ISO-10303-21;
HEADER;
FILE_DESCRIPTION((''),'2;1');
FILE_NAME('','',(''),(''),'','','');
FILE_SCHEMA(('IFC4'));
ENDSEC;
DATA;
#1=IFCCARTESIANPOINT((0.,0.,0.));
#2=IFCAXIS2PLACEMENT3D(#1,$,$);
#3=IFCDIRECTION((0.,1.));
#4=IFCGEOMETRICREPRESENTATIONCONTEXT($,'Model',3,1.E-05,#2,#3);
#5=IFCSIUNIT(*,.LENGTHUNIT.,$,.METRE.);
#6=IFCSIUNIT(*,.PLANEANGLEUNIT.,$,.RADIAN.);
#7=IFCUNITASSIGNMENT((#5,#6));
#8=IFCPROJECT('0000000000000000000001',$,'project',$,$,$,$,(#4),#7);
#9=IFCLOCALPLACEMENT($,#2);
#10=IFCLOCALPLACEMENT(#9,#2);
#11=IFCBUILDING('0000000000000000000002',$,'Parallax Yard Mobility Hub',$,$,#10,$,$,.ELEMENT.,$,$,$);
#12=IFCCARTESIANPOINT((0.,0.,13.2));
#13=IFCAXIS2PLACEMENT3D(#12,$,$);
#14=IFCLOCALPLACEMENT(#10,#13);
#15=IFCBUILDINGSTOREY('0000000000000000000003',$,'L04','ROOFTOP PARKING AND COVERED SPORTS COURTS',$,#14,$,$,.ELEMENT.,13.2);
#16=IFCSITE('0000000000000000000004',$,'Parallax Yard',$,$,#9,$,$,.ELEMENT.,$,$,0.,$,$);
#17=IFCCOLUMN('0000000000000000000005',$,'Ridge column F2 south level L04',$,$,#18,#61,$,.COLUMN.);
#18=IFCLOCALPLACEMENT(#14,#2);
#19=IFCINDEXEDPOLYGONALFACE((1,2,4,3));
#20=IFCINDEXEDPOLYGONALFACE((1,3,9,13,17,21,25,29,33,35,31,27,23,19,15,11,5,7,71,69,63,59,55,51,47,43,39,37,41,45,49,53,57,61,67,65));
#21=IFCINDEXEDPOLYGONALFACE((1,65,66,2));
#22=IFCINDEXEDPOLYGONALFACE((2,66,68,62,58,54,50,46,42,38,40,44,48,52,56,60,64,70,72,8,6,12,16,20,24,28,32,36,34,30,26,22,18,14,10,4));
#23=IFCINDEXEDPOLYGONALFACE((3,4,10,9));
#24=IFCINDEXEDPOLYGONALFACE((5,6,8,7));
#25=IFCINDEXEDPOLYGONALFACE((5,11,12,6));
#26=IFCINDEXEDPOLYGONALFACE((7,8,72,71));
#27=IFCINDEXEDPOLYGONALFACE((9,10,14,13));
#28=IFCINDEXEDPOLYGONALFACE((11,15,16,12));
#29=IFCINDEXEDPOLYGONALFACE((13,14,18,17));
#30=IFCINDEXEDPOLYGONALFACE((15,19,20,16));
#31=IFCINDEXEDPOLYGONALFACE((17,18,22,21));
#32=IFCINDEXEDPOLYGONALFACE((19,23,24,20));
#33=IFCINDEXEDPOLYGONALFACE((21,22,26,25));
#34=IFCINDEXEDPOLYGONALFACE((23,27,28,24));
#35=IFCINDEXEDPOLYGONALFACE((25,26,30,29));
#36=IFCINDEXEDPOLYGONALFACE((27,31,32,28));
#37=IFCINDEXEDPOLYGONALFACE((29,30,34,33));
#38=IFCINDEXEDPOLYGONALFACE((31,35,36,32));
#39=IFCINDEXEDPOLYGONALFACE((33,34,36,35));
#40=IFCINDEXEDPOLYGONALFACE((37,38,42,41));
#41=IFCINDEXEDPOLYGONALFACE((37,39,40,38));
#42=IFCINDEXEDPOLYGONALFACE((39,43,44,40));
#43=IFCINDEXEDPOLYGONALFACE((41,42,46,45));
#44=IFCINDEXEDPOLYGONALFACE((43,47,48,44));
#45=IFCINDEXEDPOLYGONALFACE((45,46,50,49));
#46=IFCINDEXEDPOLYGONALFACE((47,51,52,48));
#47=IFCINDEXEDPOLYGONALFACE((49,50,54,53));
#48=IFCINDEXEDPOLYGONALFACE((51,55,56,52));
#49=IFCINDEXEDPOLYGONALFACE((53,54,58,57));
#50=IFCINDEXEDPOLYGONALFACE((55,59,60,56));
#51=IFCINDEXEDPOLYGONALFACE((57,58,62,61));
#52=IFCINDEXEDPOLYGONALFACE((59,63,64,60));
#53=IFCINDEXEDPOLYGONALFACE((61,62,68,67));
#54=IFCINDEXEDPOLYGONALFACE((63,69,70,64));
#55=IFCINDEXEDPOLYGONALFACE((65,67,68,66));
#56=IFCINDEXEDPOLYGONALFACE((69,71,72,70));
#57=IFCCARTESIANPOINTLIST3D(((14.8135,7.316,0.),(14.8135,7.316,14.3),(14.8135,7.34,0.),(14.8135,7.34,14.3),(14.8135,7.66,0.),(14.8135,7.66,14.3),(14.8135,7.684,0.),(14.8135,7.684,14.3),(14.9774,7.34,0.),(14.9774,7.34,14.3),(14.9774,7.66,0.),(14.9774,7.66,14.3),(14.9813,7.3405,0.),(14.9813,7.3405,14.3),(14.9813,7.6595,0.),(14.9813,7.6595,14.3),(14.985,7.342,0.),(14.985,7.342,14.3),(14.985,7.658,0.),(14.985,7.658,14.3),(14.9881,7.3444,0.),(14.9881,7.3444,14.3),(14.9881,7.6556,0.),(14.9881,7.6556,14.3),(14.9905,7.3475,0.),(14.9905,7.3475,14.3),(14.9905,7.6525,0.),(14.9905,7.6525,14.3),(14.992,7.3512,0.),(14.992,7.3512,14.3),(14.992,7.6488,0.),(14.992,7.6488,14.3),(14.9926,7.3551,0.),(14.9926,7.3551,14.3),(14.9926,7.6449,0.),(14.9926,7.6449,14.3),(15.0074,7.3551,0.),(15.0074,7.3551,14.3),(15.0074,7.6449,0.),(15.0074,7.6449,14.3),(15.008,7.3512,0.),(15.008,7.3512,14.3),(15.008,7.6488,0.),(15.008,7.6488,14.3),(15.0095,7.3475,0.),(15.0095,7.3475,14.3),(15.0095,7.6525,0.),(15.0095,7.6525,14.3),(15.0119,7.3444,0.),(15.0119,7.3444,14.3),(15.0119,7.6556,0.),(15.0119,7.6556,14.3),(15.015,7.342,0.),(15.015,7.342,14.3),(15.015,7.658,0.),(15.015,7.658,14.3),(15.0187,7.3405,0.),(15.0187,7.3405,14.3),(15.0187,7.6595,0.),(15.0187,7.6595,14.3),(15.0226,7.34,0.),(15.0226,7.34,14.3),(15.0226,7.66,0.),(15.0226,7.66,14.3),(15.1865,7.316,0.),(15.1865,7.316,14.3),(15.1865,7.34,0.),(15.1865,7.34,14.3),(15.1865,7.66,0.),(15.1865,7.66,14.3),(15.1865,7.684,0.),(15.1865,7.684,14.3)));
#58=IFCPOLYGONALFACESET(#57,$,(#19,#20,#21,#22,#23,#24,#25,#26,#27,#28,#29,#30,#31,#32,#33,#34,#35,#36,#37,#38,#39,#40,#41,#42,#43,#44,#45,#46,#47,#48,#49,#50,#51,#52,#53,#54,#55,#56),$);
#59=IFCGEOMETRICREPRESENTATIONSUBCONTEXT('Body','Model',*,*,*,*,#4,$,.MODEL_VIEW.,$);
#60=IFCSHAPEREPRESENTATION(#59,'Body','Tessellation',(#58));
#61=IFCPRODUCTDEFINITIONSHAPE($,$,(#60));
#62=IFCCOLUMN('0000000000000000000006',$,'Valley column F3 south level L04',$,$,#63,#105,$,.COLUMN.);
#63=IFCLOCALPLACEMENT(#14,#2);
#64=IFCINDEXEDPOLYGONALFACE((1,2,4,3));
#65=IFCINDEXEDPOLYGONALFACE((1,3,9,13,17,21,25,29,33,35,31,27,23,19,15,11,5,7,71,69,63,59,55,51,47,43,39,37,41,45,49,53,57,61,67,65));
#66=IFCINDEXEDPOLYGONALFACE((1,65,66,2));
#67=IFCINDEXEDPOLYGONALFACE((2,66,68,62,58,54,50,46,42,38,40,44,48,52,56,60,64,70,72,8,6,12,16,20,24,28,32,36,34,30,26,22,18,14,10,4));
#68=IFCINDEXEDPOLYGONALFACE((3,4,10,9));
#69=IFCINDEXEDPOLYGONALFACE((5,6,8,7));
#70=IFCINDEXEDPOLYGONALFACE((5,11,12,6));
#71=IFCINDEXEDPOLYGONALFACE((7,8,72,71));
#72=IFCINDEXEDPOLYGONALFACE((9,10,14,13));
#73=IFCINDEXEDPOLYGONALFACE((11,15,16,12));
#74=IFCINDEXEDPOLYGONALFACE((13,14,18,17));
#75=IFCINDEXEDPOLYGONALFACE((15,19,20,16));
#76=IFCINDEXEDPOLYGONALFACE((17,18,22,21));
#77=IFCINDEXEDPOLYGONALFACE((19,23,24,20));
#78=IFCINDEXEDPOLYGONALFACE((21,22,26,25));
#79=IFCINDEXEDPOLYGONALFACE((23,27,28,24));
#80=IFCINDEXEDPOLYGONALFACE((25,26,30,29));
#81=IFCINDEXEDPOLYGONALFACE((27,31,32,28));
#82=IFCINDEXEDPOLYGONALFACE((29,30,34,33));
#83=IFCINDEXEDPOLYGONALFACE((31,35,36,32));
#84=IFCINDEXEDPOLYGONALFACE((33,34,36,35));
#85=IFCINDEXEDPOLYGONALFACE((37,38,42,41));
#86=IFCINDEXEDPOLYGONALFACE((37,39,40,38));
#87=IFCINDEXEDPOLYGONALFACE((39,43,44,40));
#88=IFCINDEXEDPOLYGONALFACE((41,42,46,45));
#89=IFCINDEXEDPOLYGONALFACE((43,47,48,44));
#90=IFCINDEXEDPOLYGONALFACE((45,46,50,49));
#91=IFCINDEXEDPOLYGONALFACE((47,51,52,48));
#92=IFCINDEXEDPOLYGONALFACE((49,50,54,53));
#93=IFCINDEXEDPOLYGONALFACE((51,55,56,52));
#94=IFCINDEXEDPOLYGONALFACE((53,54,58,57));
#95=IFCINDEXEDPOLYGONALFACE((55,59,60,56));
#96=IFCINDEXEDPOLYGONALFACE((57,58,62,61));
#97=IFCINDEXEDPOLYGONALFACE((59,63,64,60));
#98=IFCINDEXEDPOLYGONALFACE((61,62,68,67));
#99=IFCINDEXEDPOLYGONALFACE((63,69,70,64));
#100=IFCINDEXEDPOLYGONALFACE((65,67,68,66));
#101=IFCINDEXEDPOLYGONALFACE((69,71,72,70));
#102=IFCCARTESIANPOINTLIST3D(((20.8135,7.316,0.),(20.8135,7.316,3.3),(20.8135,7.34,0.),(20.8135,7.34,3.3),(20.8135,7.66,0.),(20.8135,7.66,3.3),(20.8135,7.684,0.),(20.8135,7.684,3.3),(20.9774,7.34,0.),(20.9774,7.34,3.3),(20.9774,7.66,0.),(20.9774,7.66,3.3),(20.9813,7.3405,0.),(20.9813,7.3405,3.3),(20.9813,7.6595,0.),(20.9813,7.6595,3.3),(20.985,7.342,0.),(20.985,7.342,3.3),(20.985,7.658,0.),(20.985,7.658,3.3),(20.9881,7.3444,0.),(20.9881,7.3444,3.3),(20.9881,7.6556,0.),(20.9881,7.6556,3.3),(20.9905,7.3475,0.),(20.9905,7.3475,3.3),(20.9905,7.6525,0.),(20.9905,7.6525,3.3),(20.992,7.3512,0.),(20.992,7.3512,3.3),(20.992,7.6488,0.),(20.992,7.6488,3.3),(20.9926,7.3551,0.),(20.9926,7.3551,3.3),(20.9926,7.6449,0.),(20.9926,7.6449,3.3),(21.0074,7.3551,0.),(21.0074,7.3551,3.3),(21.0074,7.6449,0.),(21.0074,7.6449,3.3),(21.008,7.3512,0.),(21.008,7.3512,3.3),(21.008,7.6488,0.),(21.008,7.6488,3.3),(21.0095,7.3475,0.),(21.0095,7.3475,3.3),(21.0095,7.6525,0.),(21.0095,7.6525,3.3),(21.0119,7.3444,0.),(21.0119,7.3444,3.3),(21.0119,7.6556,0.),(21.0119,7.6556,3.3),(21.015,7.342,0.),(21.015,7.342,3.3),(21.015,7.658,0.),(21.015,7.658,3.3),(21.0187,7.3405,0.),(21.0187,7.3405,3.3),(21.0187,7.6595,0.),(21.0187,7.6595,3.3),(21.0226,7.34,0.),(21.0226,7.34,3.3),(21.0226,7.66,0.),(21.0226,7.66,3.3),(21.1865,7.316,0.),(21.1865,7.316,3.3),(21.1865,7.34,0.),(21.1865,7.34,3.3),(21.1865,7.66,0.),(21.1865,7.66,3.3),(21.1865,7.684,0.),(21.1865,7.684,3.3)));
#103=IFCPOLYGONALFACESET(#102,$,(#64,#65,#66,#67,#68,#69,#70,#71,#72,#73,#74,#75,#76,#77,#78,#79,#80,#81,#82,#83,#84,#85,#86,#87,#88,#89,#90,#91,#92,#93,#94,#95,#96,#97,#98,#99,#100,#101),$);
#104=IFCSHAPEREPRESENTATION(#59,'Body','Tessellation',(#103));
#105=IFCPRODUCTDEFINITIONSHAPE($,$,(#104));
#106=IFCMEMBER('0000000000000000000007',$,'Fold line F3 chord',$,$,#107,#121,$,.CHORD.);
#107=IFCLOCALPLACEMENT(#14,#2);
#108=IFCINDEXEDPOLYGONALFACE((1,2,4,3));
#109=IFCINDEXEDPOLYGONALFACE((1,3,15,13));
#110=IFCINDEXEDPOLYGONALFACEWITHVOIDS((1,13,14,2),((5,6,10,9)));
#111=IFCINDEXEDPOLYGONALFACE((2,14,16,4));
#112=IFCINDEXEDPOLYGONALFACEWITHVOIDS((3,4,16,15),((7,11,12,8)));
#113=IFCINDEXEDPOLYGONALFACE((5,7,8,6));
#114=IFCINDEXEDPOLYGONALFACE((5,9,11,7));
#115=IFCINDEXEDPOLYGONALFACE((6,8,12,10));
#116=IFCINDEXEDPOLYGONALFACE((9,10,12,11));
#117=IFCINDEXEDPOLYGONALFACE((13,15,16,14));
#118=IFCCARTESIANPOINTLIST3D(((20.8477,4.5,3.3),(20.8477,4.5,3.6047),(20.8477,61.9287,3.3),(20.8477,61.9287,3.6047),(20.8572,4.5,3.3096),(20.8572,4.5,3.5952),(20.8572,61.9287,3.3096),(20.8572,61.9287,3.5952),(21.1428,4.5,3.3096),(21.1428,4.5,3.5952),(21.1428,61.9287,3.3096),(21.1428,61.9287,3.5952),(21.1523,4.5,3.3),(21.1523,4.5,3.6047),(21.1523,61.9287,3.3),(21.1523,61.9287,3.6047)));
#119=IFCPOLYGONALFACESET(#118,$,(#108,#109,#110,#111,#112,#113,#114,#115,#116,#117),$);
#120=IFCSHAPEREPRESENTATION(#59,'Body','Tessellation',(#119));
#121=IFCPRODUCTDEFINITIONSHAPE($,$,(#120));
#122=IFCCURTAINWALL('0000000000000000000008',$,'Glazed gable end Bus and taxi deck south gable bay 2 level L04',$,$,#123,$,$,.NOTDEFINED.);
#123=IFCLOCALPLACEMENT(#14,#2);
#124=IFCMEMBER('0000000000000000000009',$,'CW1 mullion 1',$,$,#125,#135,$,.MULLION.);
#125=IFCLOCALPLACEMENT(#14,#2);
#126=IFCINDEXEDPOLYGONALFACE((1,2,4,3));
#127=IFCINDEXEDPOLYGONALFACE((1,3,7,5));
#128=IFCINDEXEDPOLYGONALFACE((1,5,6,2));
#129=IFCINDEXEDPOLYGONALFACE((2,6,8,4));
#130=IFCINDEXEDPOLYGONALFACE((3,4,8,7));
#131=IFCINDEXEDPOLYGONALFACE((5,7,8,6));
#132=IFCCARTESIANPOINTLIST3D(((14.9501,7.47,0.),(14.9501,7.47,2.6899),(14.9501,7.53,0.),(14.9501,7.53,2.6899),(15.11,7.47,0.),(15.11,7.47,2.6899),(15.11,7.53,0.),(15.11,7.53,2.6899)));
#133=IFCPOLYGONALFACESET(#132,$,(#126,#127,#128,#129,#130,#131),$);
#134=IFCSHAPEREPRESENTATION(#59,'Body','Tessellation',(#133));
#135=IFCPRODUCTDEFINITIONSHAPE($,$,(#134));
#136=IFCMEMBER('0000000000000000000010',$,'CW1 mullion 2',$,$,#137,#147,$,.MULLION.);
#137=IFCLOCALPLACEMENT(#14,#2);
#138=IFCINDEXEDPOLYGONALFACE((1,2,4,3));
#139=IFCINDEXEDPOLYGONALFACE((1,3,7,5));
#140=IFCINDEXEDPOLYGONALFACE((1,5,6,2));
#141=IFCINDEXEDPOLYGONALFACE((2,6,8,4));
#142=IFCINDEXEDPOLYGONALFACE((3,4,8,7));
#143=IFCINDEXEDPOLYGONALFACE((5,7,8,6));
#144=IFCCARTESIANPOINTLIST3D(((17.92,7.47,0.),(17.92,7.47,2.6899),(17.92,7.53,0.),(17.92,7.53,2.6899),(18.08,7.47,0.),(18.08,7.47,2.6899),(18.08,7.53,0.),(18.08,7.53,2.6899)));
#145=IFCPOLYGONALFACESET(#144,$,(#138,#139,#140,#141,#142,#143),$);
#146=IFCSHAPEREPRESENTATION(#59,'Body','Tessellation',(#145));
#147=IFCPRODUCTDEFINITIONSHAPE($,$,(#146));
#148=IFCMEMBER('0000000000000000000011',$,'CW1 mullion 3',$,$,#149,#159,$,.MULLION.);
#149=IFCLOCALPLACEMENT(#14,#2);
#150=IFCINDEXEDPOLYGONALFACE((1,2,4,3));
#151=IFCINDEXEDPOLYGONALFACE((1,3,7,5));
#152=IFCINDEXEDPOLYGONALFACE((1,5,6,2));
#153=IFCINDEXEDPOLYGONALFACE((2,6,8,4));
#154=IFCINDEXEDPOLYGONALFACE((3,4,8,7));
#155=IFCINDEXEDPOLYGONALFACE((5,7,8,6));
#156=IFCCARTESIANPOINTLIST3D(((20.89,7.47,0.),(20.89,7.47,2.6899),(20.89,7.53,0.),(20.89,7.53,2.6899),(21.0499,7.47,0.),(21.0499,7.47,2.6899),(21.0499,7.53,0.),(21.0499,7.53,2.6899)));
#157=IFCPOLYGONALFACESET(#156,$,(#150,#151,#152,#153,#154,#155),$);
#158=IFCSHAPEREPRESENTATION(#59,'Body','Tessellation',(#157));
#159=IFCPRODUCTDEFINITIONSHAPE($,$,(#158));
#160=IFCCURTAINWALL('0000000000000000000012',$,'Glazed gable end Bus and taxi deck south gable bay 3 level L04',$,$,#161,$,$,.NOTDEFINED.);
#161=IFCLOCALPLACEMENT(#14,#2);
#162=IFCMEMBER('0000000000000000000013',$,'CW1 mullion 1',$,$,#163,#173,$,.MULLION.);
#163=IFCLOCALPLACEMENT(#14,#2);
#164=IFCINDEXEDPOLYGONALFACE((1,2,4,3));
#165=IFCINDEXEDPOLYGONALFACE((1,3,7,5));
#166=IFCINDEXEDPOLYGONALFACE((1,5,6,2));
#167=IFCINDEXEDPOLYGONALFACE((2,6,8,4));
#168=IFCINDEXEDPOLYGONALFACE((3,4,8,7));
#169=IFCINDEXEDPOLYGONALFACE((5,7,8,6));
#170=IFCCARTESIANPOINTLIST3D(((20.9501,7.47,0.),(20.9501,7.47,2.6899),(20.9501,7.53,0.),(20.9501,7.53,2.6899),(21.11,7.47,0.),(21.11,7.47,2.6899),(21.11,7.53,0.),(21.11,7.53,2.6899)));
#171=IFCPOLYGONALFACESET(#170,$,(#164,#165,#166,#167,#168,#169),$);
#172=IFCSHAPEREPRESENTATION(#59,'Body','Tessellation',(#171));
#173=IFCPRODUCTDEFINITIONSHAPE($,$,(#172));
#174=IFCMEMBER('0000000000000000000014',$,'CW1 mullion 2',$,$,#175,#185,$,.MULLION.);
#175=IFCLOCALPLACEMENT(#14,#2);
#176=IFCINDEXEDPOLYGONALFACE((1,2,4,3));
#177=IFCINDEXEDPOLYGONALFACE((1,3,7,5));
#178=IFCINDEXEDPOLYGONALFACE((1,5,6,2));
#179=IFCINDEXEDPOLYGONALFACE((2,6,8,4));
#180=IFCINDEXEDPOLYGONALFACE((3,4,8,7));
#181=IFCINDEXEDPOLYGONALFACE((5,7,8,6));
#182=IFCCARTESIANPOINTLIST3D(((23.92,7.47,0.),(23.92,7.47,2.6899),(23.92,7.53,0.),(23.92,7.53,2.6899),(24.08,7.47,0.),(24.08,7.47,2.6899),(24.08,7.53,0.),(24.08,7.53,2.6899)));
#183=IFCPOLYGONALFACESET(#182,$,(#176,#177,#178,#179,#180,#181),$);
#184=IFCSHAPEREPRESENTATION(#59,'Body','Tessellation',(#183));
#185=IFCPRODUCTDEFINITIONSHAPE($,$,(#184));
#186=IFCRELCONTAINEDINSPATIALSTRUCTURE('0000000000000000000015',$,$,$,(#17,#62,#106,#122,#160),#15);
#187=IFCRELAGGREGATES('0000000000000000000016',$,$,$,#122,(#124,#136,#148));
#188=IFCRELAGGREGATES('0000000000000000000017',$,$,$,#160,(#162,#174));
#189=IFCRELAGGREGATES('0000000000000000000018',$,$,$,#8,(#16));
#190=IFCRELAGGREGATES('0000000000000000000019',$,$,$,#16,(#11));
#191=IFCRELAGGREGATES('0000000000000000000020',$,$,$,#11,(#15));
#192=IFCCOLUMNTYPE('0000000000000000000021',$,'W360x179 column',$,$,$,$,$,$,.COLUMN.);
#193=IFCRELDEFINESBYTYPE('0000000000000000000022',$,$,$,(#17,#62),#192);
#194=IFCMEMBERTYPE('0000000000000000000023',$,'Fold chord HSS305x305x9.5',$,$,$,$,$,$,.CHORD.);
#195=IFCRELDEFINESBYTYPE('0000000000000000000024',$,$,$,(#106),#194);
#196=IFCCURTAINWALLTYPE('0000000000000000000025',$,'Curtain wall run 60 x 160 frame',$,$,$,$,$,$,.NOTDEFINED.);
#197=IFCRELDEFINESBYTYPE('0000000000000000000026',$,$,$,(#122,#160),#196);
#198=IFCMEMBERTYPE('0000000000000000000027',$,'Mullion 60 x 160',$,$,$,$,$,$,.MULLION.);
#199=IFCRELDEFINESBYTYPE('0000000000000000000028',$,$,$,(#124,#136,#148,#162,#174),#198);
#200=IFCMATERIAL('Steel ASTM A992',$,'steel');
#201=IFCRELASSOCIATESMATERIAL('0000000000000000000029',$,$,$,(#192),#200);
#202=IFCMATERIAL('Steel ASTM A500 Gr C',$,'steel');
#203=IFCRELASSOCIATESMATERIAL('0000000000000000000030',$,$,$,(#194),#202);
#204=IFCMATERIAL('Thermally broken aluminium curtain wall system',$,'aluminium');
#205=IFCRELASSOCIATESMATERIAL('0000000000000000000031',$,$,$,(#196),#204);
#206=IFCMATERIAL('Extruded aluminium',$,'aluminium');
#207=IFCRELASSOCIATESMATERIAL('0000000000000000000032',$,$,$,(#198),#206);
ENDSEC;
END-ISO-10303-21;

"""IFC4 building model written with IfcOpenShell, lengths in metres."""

from ifc_helpers import new_model, si_unit, direction, frame, origin, origin_2d, place, context, subcontext, project, spatial, rectangle, hollow_rectangle, i_section, extrude, material, material_profile, profile_set, type_object, element, aggregate, save


model = new_model("IFC4")

# Units and contexts
model_context = context("Model", 3, precision=1e-05, world=origin(), true_north=direction((0.0, 1.0)))
body_context = subcontext(model_context, "Body", "Model", "MODEL_VIEW")
ifc_project = project(units=[si_unit("LENGTHUNIT", "METRE"), si_unit("PLANEANGLEUNIT", "RADIAN")], contexts=[model_context])

# Site, building, storey
site_placement = place(None, origin())
site = spatial("IfcSite", under=ifc_project, at=site_placement, Name="Parallax Yard", CompositionType="ELEMENT", RefElevation=0.0)
building_placement = place(site_placement, origin())
building = spatial("IfcBuilding", under=site, at=building_placement, Name="Parallax Yard Mobility Hub", CompositionType="ELEMENT")
storey_placement = place(building_placement, frame((0.0, 0.0, 13.2)))
storey = spatial("IfcBuildingStorey", under=building, at=storey_placement, Name="L04", Description="ROOFTOP PARKING AND COVERED SPORTS COURTS", CompositionType="ELEMENT", Elevation=13.2)

# Columns
ifc_material_1 = material(Name="Steel ASTM A992", Category="steel")
ifc_material_profile_1 = material_profile(ifc_material_1, i_section(OverallWidth=0.373, OverallDepth=0.3679, WebThickness=0.0149, FlangeThickness=0.0239, FilletRadius=0.0151, at=origin_2d()), Name="W360x179")
ifc_profile_set_1 = profile_set([ifc_material_profile_1], Name="Steel ASTM A992")
column_type = type_object("IfcColumnType", Name="W360x179 column", PredefinedType="COLUMN", material=ifc_profile_set_1)
column_1_placement = place(storey_placement, frame((15.0, 7.5, 0.0), z_axis=(0.0, 0.0, 1.0), x_axis=(1.0, 0.0, 0.0)))
element("IfcColumn", 1, at=column_1_placement, inside=storey, type_object=column_type, Name="Ridge column F2 south level L04", PredefinedType="COLUMN", context=body_context, shape_type="SweptSolid", body=[
    extrude(i_section(OverallWidth=0.373, OverallDepth=0.3679, WebThickness=0.0149, FlangeThickness=0.0239, FilletRadius=0.0151, at=origin_2d()), origin(), (0.0, 0.0, 1.0), 14.3),
])
column_2_placement = place(storey_placement, frame((21.0, 7.5, 0.0), z_axis=(0.0, 0.0, 1.0), x_axis=(1.0, 0.0, 0.0)))
element("IfcColumn", 2, at=column_2_placement, inside=storey, type_object=column_type, Name="Valley column F3 south level L04", PredefinedType="COLUMN", context=body_context, shape_type="SweptSolid", body=[
    extrude(i_section(OverallWidth=0.373, OverallDepth=0.3679, WebThickness=0.0149, FlangeThickness=0.0239, FilletRadius=0.0151, at=origin_2d()), origin(), (0.0, 0.0, 1.0), 3.3),
])

# Member
ifc_material_2 = material(Name="Steel ASTM A500 Gr C", Category="steel")
ifc_material_profile_2 = material_profile(ifc_material_2, hollow_rectangle(XDim=0.3047, YDim=0.3047, WallThickness=0.0095, at=origin_2d()), Name="HSS305x305x9.5")
ifc_profile_set_2 = profile_set([ifc_material_profile_2], Name="Steel ASTM A500 Gr C")
member_type_1 = type_object("IfcMemberType", Name="Fold chord HSS305x305x9.5", PredefinedType="CHORD", material=ifc_profile_set_2)
member_1_placement = place(storey_placement, frame((21.0, 4.5, 3.4524), z_axis=(0.0, 1.0, 0.0), x_axis=(-1.0, 0.0, 0.0)))
element("IfcMember", 3, at=member_1_placement, inside=storey, type_object=member_type_1, Name="Fold line F3 chord", PredefinedType="CHORD", context=body_context, shape_type="SweptSolid", body=[
    extrude(hollow_rectangle(XDim=0.3047, YDim=0.3047, WallThickness=0.0095, at=origin_2d()), origin(), (0.0, 0.0, 1.0), 57.4287),
])

# Curtain walls, members
ifc_material_3 = material(Name="Thermally broken aluminium curtain wall system", Category="aluminium")
curtain_wall_type = type_object("IfcCurtainWallType", Name="Curtain wall run 60 x 160 frame", PredefinedType="NOTDEFINED", material=ifc_material_3)
curtain_wall_1_placement = place(storey_placement, origin())
curtain_wall_1 = element("IfcCurtainWall", 4, at=curtain_wall_1_placement, inside=storey, type_object=curtain_wall_type, Name="Glazed gable end Bus and taxi deck south gable bay 2 level L04", PredefinedType="NOTDEFINED")
ifc_material_4 = material(Name="Extruded aluminium", Category="aluminium")
ifc_material_profile_3 = material_profile(ifc_material_4, rectangle(XDim=0.0601, YDim=0.1599, at=origin_2d()), Name="Mullion 60 x 160")
ifc_profile_set_3 = profile_set([ifc_material_profile_3], Name="Extruded aluminium")
member_type_2 = type_object("IfcMemberType", Name="Mullion 60 x 160", PredefinedType="MULLION", material=ifc_profile_set_3)
member_2_placement = place(storey_placement, frame((15.03, 7.5, 0.0), z_axis=(0.0, 0.0, 1.0), x_axis=(0.0, 1.0, 0.0)))
member_2 = element("IfcMember", 5, at=member_2_placement, type_object=member_type_2, Name="CW1 mullion 1", PredefinedType="MULLION", context=body_context, shape_type="SweptSolid", body=[
    extrude(rectangle(XDim=0.0601, YDim=0.1599, at=origin_2d()), origin(), (0.0, 0.0, 1.0), 2.6899),
])
member_3_placement = place(storey_placement, frame((18.0, 7.5, 0.0), z_axis=(0.0, 0.0, 1.0), x_axis=(0.0, 1.0, 0.0)))
member_3 = element("IfcMember", 6, at=member_3_placement, type_object=member_type_2, Name="CW1 mullion 2", PredefinedType="MULLION", context=body_context, shape_type="SweptSolid", body=[
    extrude(rectangle(XDim=0.0601, YDim=0.1599, at=origin_2d()), origin(), (0.0, 0.0, 1.0), 2.6899),
])
member_4_placement = place(storey_placement, frame((20.97, 7.5, 0.0), z_axis=(0.0, 0.0, 1.0), x_axis=(0.0, 1.0, 0.0)))
member_4 = element("IfcMember", 7, at=member_4_placement, type_object=member_type_2, Name="CW1 mullion 3", PredefinedType="MULLION", context=body_context, shape_type="SweptSolid", body=[
    extrude(rectangle(XDim=0.0601, YDim=0.1599, at=origin_2d()), origin(), (0.0, 0.0, 1.0), 2.6899),
])
curtain_wall_2_placement = place(storey_placement, origin())
curtain_wall_2 = element("IfcCurtainWall", 8, at=curtain_wall_2_placement, inside=storey, type_object=curtain_wall_type, Name="Glazed gable end Bus and taxi deck south gable bay 3 level L04", PredefinedType="NOTDEFINED")
member_5_placement = place(storey_placement, frame((21.03, 7.5, 0.0), z_axis=(0.0, 0.0, 1.0), x_axis=(0.0, 1.0, 0.0)))
member_5 = element("IfcMember", 9, at=member_5_placement, type_object=member_type_2, Name="CW1 mullion 1", PredefinedType="MULLION", context=body_context, shape_type="SweptSolid", body=[
    extrude(rectangle(XDim=0.0601, YDim=0.1599, at=origin_2d()), origin(), (0.0, 0.0, 1.0), 2.6899),
])
member_6_placement = place(storey_placement, frame((24.0, 7.5, 0.0), z_axis=(0.0, 0.0, 1.0), x_axis=(0.0, 1.0, 0.0)))
member_6 = element("IfcMember", 10, at=member_6_placement, type_object=member_type_2, Name="CW1 mullion 2", PredefinedType="MULLION", context=body_context, shape_type="SweptSolid", body=[
    extrude(rectangle(XDim=0.0601, YDim=0.1599, at=origin_2d()), origin(), (0.0, 0.0, 1.0), 2.6899),
])

aggregate(curtain_wall_1, [member_2, member_3, member_4])
aggregate(curtain_wall_2, [member_5, member_6])

save(model, "model.ifc")
